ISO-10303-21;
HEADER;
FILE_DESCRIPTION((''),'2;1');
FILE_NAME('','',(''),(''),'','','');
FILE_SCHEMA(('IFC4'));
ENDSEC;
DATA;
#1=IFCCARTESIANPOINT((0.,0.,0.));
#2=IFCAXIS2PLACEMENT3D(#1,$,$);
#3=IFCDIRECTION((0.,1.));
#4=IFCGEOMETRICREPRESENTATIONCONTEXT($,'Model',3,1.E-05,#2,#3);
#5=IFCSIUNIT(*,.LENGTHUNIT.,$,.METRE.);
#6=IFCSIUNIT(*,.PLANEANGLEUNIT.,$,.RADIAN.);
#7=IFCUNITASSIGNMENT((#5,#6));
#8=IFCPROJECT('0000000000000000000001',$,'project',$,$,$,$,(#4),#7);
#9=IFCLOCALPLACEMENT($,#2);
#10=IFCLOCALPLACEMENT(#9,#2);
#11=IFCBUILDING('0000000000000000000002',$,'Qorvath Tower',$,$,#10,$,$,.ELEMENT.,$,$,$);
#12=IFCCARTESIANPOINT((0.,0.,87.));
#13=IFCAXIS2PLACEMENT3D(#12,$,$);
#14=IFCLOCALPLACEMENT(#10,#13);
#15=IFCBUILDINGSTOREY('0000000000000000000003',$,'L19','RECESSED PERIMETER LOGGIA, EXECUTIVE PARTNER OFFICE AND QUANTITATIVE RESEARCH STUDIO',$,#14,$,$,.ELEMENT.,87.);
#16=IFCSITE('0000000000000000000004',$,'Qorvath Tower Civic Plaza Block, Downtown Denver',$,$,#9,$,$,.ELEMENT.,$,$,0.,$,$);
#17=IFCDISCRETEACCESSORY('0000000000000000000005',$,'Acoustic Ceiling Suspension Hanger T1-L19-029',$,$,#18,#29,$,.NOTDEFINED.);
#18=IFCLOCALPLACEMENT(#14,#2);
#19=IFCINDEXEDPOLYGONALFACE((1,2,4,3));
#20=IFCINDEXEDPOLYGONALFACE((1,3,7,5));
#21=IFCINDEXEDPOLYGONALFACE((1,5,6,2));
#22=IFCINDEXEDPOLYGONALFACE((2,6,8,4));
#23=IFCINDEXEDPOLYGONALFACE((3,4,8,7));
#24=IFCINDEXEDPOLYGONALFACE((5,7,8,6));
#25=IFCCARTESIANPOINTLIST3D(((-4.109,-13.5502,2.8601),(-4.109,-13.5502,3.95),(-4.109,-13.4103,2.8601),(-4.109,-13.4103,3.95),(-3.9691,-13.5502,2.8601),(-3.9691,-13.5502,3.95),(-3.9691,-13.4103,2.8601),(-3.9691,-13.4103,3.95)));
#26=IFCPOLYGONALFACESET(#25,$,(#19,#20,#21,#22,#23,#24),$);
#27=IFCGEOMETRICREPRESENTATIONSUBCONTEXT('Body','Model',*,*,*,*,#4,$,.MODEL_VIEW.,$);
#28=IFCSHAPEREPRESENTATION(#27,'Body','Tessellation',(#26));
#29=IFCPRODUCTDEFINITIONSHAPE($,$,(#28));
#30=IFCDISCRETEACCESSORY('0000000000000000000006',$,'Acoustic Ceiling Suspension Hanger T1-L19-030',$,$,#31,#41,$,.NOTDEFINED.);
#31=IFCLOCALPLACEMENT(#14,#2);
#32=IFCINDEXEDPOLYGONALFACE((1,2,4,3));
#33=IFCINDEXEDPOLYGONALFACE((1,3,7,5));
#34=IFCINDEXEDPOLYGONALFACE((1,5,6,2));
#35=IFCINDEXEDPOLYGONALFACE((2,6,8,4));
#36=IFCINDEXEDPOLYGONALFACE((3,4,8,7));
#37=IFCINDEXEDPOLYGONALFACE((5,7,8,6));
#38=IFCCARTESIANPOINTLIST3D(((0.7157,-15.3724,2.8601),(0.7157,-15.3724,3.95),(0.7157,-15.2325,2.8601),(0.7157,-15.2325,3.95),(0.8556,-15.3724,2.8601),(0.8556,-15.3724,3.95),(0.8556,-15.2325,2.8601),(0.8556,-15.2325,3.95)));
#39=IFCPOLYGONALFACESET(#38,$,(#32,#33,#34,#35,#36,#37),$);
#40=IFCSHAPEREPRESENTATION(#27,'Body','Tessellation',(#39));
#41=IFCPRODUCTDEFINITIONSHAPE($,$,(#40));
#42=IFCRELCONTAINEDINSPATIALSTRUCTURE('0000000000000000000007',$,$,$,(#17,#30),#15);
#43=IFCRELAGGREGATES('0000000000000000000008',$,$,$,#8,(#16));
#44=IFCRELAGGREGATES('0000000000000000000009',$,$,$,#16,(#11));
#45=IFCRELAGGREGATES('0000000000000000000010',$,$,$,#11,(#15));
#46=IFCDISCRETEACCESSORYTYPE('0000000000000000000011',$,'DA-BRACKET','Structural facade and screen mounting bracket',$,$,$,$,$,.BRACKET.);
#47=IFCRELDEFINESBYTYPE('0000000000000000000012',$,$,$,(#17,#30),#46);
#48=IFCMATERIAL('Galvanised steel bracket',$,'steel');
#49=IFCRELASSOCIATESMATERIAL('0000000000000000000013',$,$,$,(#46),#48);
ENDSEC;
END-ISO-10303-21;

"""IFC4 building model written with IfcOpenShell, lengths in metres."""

from ifc_helpers import new_model, si_unit, direction, frame, origin, origin_2d, place, context, subcontext, project, spatial, rectangle, extrude, material, type_object, element, save


model = new_model("IFC4")

# Units and contexts
model_context = context("Model", 3, precision=1e-05, world=origin(), true_north=direction((0.0, 1.0)))
body_context = subcontext(model_context, "Body", "Model", "MODEL_VIEW")
ifc_project = project(units=[si_unit("LENGTHUNIT", "METRE"), si_unit("PLANEANGLEUNIT", "RADIAN")], contexts=[model_context])

# Site, building, storey
site_placement = place(None, origin())
site = spatial("IfcSite", under=ifc_project, at=site_placement, Name="Qorvath Tower Civic Plaza Block, Downtown Denver", CompositionType="ELEMENT", RefElevation=0.0)
building_placement = place(site_placement, origin())
building = spatial("IfcBuilding", under=site, at=building_placement, Name="Qorvath Tower", CompositionType="ELEMENT")
storey_placement = place(building_placement, frame((0.0, 0.0, 87.0)))
storey = spatial("IfcBuildingStorey", under=building, at=storey_placement, Name="L19", Description="RECESSED PERIMETER LOGGIA, EXECUTIVE PARTNER OFFICE AND QUANTITATIVE RESEARCH STUDIO", CompositionType="ELEMENT", Elevation=87.0)

# Discrete accessories
ifc_material_1 = material(Name="Galvanised steel bracket", Category="steel")
discrete_accessory_type = type_object("IfcDiscreteAccessoryType", Name="DA-BRACKET", Description="Structural facade and screen mounting bracket", PredefinedType="BRACKET", material=ifc_material_1)
for number, where, z_axis, x_axis, name in (
    (1, (-4.0391, -13.4802, 2.8601), (0.0, 0.0, 1.0), (1.0, 0.0, 0.0), "Acoustic Ceiling Suspension Hanger T1-L19-029"),
    (2, (0.7856, -15.3025, 2.8601), (0.0, 0.0, 1.0), (1.0, 0.0, 0.0), "Acoustic Ceiling Suspension Hanger T1-L19-030"),
):
    element("IfcDiscreteAccessory", number, at=place(storey_placement, frame(where, z_axis=z_axis, x_axis=x_axis)), inside=storey, type_object=discrete_accessory_type, Name=name, PredefinedType="NOTDEFINED", context=body_context, shape_type="SweptSolid", body=[
        extrude(rectangle(XDim=0.1399, YDim=0.1399, at=origin_2d()), origin(), (0.0, 0.0, 1.0), 1.0898),
    ])

save(model, "model.ifc")
